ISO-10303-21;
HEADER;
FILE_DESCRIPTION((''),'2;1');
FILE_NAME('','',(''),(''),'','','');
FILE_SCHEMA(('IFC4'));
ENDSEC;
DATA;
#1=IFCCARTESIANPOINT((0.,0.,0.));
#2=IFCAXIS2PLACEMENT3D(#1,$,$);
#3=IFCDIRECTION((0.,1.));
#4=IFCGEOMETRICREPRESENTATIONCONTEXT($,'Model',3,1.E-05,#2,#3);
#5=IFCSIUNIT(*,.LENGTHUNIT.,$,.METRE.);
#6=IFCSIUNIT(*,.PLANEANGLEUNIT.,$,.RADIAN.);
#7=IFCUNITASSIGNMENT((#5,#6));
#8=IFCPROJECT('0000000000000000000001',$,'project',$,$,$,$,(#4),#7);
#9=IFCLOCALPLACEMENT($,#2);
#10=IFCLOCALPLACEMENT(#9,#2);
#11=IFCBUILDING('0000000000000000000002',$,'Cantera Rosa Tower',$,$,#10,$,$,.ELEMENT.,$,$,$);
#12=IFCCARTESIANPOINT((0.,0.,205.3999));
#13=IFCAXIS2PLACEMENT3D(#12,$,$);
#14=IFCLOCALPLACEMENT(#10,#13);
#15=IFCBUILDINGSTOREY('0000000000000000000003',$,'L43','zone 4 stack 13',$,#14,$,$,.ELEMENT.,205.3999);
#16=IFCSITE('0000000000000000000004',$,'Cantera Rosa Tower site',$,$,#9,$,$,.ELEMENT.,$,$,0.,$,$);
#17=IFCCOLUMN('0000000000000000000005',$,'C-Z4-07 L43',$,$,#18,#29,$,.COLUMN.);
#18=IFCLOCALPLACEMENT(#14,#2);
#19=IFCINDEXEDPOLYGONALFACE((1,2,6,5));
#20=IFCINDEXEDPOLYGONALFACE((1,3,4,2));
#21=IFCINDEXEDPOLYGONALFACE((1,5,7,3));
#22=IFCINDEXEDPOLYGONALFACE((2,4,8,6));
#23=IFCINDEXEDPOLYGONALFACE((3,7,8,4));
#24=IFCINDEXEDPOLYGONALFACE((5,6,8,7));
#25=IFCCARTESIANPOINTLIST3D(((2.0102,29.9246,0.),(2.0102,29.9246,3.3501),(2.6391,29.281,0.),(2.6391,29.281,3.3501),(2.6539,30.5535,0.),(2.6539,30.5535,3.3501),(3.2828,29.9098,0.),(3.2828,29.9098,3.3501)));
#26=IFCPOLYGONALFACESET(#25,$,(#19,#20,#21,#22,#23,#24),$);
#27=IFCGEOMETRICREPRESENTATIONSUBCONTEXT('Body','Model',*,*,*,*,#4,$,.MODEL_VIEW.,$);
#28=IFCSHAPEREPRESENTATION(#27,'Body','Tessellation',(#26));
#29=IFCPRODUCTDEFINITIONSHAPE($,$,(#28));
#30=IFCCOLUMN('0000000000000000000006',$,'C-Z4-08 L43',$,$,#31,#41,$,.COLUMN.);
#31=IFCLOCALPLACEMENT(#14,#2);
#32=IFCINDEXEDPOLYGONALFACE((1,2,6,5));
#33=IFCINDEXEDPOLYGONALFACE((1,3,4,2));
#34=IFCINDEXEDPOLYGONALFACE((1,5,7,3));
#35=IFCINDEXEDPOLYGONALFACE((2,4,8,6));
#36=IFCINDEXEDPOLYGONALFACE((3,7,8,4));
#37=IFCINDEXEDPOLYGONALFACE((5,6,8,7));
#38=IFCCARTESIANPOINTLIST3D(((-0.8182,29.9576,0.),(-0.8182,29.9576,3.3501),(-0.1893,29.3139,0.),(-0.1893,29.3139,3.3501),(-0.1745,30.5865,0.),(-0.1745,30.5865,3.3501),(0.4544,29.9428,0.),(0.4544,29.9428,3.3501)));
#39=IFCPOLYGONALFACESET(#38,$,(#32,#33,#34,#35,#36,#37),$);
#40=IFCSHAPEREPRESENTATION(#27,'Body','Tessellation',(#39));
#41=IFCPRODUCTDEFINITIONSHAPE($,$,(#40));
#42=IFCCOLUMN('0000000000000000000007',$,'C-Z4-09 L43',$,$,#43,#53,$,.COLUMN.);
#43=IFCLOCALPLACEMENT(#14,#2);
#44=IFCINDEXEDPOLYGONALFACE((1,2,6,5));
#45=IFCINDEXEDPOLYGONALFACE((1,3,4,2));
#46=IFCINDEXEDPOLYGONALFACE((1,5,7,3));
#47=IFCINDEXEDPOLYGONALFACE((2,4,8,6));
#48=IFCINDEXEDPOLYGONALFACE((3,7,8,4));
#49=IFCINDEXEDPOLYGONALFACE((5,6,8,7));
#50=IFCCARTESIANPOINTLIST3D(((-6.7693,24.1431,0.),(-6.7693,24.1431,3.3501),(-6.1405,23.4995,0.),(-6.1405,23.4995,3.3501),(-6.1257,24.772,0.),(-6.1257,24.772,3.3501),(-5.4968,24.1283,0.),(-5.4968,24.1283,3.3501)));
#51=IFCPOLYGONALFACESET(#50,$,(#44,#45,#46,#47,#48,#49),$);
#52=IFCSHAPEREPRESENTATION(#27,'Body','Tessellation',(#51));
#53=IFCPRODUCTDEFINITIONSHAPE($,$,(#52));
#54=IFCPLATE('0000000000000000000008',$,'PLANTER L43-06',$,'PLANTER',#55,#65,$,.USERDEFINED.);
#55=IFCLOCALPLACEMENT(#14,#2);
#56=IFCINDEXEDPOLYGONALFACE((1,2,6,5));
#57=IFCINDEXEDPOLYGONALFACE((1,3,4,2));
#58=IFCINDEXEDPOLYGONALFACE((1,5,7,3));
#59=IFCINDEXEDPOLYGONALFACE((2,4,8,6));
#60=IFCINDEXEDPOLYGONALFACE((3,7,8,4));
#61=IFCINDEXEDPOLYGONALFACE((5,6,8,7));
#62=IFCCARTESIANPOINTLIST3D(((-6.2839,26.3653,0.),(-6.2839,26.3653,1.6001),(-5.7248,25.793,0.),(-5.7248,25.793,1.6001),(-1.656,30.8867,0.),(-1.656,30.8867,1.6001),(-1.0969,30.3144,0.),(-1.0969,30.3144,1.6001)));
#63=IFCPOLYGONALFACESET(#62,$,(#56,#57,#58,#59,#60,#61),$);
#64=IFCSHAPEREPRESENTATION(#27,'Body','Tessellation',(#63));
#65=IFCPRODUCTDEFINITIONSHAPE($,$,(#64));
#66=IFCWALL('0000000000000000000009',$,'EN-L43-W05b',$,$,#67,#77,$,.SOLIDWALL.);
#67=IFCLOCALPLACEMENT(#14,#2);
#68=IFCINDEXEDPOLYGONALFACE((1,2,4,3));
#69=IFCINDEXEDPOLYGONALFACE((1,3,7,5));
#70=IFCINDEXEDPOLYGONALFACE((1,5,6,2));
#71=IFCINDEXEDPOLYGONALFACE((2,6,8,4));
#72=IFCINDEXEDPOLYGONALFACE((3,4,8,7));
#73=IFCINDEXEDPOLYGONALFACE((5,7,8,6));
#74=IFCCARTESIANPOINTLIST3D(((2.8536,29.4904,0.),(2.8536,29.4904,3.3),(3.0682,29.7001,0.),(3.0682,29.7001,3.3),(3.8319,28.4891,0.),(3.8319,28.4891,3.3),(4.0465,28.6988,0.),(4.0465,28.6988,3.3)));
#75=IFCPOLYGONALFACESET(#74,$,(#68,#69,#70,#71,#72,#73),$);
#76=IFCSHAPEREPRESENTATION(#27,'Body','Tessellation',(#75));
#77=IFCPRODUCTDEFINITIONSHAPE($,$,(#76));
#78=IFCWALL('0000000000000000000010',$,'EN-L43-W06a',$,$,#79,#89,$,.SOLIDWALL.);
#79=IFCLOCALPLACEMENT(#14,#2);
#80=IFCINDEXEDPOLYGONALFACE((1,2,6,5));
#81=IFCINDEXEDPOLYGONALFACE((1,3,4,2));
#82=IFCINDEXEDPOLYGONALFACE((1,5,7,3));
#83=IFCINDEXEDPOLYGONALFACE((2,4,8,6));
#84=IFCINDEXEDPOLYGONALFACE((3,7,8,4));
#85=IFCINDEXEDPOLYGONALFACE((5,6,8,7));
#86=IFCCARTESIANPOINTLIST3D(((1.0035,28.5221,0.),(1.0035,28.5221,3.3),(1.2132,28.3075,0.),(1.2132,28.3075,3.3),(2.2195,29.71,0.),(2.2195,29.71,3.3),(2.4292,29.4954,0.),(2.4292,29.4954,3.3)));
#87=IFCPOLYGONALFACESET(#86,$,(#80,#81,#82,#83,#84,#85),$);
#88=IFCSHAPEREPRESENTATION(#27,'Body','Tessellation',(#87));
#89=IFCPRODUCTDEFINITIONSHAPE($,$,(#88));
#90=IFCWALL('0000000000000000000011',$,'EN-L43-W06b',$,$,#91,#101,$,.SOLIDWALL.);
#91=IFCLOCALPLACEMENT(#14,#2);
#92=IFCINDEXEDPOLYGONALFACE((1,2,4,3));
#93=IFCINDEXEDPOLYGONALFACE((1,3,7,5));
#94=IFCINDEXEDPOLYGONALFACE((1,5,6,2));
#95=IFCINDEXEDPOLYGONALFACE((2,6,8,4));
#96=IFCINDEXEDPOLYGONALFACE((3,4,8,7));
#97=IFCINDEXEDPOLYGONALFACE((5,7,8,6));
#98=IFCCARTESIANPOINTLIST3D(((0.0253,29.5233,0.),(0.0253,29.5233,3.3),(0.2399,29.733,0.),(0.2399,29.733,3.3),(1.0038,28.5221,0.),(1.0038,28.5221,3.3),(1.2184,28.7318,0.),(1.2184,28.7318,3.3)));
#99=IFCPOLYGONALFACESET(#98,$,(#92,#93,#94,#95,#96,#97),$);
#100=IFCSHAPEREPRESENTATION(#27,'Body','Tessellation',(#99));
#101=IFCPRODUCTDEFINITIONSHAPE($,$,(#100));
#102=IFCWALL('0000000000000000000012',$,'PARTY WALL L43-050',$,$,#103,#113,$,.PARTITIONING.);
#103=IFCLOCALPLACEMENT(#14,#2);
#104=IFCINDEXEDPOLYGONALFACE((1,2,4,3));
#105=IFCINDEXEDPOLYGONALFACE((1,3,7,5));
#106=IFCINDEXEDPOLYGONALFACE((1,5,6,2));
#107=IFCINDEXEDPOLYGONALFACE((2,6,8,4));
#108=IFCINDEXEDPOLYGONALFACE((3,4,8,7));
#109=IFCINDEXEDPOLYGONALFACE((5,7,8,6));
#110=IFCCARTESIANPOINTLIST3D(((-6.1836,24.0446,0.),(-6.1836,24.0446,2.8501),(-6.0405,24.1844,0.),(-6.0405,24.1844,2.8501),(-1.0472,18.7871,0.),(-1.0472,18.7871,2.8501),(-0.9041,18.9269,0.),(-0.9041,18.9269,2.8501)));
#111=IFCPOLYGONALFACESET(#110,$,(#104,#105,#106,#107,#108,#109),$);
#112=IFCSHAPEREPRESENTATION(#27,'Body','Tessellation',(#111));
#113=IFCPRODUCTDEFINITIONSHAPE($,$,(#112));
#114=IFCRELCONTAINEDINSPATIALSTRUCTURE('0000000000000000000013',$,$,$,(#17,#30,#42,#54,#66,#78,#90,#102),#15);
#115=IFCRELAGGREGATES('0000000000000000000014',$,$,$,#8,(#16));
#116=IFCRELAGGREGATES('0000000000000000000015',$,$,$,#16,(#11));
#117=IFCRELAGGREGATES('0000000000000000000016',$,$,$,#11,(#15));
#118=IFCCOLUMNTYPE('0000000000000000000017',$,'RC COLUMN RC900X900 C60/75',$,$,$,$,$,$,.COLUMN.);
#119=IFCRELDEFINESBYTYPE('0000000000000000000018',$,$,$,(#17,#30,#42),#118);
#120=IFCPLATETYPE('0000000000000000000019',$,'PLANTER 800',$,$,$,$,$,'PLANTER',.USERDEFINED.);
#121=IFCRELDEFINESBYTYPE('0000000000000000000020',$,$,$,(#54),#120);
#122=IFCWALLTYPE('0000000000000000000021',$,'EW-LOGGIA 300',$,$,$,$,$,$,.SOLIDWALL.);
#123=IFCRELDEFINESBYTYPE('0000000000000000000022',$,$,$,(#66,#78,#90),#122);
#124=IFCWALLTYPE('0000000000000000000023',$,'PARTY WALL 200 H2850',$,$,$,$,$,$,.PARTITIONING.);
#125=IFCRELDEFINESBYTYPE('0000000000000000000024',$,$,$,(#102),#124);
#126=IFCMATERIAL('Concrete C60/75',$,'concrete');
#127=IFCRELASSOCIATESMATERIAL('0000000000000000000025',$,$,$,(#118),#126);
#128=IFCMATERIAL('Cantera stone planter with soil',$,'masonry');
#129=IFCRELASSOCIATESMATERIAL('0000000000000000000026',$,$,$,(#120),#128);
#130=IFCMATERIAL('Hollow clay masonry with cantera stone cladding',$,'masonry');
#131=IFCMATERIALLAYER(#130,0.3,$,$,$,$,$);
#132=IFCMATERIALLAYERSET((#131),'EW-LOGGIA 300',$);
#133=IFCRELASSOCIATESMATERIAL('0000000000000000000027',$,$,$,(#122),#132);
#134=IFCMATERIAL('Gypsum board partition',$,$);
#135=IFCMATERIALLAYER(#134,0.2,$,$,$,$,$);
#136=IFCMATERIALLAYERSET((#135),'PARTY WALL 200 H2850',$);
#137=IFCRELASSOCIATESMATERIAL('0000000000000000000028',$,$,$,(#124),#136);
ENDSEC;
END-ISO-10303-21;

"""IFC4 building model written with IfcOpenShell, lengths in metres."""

from ifc_helpers import new_model, si_unit, direction, frame, frame_2d, origin, origin_2d, place, context, subcontext, project, spatial, rectangle, extrude, material, layer, layer_set, material_profile, profile_set, type_object, element, save


model = new_model("IFC4")

# Units and contexts
model_context = context("Model", 3, precision=1e-05, world=origin(), true_north=direction((0.0, 1.0)))
body_context = subcontext(model_context, "Body", "Model", "MODEL_VIEW")
ifc_project = project(units=[si_unit("LENGTHUNIT", "METRE"), si_unit("PLANEANGLEUNIT", "RADIAN")], contexts=[model_context])

# Site, building, storey
site_placement = place(None, origin())
site = spatial("IfcSite", under=ifc_project, at=site_placement, Name="Cantera Rosa Tower site", CompositionType="ELEMENT", RefElevation=0.0)
building_placement = place(site_placement, origin())
building = spatial("IfcBuilding", under=site, at=building_placement, Name="Cantera Rosa Tower", CompositionType="ELEMENT")
storey_placement = place(building_placement, frame((0.0, 0.0, 205.3999)))
storey = spatial("IfcBuildingStorey", under=building, at=storey_placement, Name="L43", Description="zone 4 stack 13", CompositionType="ELEMENT", Elevation=205.3999)

# Columns
ifc_material_1 = material(Name="Concrete C60/75", Category="concrete")
ifc_material_profile = material_profile(ifc_material_1, rectangle(XDim=0.8999, YDim=0.8999, at=origin_2d()), Name="RC COLUMN RC900X900 C60/75")
ifc_profile_set = profile_set([ifc_material_profile], Name="Concrete C60/75")
column_type = type_object("IfcColumnType", Name="RC COLUMN RC900X900 C60/75", PredefinedType="COLUMN", material=ifc_profile_set)
for number, where, z_axis, x_axis, name in (
    (1, (2.6465, 29.9172, 0.0), (0.0, 0.0, 1.0), (0.715286, 0.698832, 0.0), "C-Z4-07 L43"),
    (2, (-0.1819, 29.9502, 0.0), (0.0, 0.0, 1.0), (0.715286, 0.698832, 0.0), "C-Z4-08 L43"),
    (3, (-6.1331, 24.1357, 0.0), (0.0, 0.0, 1.0), (0.715286, 0.698832, 0.0), "C-Z4-09 L43"),
):
    element("IfcColumn", number, at=place(storey_placement, frame(where, z_axis=z_axis, x_axis=x_axis)), inside=storey, type_object=column_type, Name=name, PredefinedType="COLUMN", context=body_context, shape_type="SweptSolid", body=[
        extrude(rectangle(XDim=0.8999, YDim=0.8999, at=origin_2d()), origin(), (0.0, 0.0, 1.0), 3.3501),
    ])

# Plate
ifc_material_2 = material(Name="Cantera stone planter with soil", Category="masonry")
plate_type = type_object("IfcPlateType", Name="PLANTER 800", ElementType="PLANTER", PredefinedType="USERDEFINED", material=ifc_material_2)
plate_placement = place(storey_placement, frame((-3.6904, 28.3398, 0.0), z_axis=(0.0, 0.0, 1.0), x_axis=(-0.715286, -0.698832, 0.0)))
element("IfcPlate", 4, at=plate_placement, inside=storey, type_object=plate_type, Name="PLANTER L43-06", ObjectType="PLANTER", PredefinedType="USERDEFINED", context=body_context, shape_type="SweptSolid", body=[
    extrude(rectangle(XDim=6.47, YDim=0.8, at=origin_2d()), origin(), (0.0, 0.0, 1.0), 1.6001),
])

# Walls
ifc_material_3 = material(Name="Hollow clay masonry with cantera stone cladding", Category="masonry")
ifc_layer_1 = layer(ifc_material_3, 0.3)
ifc_layer_set_1 = layer_set([ifc_layer_1], Name="EW-LOGGIA 300")
wall_type_1 = type_object("IfcWallType", Name="EW-LOGGIA 300", PredefinedType="SOLIDWALL", material=ifc_layer_set_1)
wall_1_placement = place(storey_placement, frame((3.9392, 28.594, 0.0), z_axis=(0.0, 0.0, 1.0), x_axis=(-0.698862, 0.715257, 0.0)))
element("IfcWall", 5, at=wall_1_placement, inside=storey, type_object=wall_type_1, Name="EN-L43-W05b", PredefinedType="SOLIDWALL", context=body_context, shape_type="SweptSolid", body=[
    extrude(rectangle(XDim=1.3999, YDim=0.3, at=frame_2d((0.7, 0.0))), origin(), (0.0, 0.0, 1.0), 3.3),
])
wall_2_placement = place(storey_placement, frame((2.3245, 29.6028, 0.0), z_axis=(0.0, 0.0, 1.0), x_axis=(-0.715316, -0.698801, 0.0)))
element("IfcWall", 6, at=wall_2_placement, inside=storey, type_object=wall_type_1, Name="EN-L43-W06a", PredefinedType="SOLIDWALL", context=body_context, shape_type="SweptSolid", body=[
    extrude(rectangle(XDim=1.7, YDim=0.3, at=frame_2d((0.8501, 0.0))), origin(), (0.0, 0.0, 1.0), 3.3),
])
wall_3_placement = place(storey_placement, frame((1.1111, 28.627, 0.0), z_axis=(0.0, 0.0, 1.0), x_axis=(-0.698951, 0.715169, 0.0)))
element("IfcWall", 7, at=wall_3_placement, inside=storey, type_object=wall_type_1, Name="EN-L43-W06b", PredefinedType="SOLIDWALL", context=body_context, shape_type="SweptSolid", body=[
    extrude(rectangle(XDim=1.3999, YDim=0.3, at=frame_2d((0.7, 0.0))), origin(), (0.0, 0.0, 1.0), 3.3),
])

# Wall
ifc_material_4 = material(Name="Gypsum board partition")
ifc_layer_2 = layer(ifc_material_4, 0.2)
ifc_layer_set_2 = layer_set([ifc_layer_2], Name="PARTY WALL 200 H2850")
wall_type_2 = type_object("IfcWallType", Name="PARTY WALL 200 H2850", PredefinedType="PARTITIONING", material=ifc_layer_set_2)
wall_4_placement = place(storey_placement, frame((-6.1121, 24.1145, 0.0), z_axis=(0.0, 0.0, 1.0), x_axis=(0.698821, -0.715296, 0.0)))
element("IfcWall", 8, at=wall_4_placement, inside=storey, type_object=wall_type_2, Name="PARTY WALL L43-050", PredefinedType="PARTITIONING", context=body_context, shape_type="SweptSolid", body=[
    extrude(rectangle(XDim=7.3501, YDim=0.2, at=frame_2d((3.675, 0.0))), origin(), (0.0, 0.0, 1.0), 2.8501),
])

save(model, "model.ifc")
